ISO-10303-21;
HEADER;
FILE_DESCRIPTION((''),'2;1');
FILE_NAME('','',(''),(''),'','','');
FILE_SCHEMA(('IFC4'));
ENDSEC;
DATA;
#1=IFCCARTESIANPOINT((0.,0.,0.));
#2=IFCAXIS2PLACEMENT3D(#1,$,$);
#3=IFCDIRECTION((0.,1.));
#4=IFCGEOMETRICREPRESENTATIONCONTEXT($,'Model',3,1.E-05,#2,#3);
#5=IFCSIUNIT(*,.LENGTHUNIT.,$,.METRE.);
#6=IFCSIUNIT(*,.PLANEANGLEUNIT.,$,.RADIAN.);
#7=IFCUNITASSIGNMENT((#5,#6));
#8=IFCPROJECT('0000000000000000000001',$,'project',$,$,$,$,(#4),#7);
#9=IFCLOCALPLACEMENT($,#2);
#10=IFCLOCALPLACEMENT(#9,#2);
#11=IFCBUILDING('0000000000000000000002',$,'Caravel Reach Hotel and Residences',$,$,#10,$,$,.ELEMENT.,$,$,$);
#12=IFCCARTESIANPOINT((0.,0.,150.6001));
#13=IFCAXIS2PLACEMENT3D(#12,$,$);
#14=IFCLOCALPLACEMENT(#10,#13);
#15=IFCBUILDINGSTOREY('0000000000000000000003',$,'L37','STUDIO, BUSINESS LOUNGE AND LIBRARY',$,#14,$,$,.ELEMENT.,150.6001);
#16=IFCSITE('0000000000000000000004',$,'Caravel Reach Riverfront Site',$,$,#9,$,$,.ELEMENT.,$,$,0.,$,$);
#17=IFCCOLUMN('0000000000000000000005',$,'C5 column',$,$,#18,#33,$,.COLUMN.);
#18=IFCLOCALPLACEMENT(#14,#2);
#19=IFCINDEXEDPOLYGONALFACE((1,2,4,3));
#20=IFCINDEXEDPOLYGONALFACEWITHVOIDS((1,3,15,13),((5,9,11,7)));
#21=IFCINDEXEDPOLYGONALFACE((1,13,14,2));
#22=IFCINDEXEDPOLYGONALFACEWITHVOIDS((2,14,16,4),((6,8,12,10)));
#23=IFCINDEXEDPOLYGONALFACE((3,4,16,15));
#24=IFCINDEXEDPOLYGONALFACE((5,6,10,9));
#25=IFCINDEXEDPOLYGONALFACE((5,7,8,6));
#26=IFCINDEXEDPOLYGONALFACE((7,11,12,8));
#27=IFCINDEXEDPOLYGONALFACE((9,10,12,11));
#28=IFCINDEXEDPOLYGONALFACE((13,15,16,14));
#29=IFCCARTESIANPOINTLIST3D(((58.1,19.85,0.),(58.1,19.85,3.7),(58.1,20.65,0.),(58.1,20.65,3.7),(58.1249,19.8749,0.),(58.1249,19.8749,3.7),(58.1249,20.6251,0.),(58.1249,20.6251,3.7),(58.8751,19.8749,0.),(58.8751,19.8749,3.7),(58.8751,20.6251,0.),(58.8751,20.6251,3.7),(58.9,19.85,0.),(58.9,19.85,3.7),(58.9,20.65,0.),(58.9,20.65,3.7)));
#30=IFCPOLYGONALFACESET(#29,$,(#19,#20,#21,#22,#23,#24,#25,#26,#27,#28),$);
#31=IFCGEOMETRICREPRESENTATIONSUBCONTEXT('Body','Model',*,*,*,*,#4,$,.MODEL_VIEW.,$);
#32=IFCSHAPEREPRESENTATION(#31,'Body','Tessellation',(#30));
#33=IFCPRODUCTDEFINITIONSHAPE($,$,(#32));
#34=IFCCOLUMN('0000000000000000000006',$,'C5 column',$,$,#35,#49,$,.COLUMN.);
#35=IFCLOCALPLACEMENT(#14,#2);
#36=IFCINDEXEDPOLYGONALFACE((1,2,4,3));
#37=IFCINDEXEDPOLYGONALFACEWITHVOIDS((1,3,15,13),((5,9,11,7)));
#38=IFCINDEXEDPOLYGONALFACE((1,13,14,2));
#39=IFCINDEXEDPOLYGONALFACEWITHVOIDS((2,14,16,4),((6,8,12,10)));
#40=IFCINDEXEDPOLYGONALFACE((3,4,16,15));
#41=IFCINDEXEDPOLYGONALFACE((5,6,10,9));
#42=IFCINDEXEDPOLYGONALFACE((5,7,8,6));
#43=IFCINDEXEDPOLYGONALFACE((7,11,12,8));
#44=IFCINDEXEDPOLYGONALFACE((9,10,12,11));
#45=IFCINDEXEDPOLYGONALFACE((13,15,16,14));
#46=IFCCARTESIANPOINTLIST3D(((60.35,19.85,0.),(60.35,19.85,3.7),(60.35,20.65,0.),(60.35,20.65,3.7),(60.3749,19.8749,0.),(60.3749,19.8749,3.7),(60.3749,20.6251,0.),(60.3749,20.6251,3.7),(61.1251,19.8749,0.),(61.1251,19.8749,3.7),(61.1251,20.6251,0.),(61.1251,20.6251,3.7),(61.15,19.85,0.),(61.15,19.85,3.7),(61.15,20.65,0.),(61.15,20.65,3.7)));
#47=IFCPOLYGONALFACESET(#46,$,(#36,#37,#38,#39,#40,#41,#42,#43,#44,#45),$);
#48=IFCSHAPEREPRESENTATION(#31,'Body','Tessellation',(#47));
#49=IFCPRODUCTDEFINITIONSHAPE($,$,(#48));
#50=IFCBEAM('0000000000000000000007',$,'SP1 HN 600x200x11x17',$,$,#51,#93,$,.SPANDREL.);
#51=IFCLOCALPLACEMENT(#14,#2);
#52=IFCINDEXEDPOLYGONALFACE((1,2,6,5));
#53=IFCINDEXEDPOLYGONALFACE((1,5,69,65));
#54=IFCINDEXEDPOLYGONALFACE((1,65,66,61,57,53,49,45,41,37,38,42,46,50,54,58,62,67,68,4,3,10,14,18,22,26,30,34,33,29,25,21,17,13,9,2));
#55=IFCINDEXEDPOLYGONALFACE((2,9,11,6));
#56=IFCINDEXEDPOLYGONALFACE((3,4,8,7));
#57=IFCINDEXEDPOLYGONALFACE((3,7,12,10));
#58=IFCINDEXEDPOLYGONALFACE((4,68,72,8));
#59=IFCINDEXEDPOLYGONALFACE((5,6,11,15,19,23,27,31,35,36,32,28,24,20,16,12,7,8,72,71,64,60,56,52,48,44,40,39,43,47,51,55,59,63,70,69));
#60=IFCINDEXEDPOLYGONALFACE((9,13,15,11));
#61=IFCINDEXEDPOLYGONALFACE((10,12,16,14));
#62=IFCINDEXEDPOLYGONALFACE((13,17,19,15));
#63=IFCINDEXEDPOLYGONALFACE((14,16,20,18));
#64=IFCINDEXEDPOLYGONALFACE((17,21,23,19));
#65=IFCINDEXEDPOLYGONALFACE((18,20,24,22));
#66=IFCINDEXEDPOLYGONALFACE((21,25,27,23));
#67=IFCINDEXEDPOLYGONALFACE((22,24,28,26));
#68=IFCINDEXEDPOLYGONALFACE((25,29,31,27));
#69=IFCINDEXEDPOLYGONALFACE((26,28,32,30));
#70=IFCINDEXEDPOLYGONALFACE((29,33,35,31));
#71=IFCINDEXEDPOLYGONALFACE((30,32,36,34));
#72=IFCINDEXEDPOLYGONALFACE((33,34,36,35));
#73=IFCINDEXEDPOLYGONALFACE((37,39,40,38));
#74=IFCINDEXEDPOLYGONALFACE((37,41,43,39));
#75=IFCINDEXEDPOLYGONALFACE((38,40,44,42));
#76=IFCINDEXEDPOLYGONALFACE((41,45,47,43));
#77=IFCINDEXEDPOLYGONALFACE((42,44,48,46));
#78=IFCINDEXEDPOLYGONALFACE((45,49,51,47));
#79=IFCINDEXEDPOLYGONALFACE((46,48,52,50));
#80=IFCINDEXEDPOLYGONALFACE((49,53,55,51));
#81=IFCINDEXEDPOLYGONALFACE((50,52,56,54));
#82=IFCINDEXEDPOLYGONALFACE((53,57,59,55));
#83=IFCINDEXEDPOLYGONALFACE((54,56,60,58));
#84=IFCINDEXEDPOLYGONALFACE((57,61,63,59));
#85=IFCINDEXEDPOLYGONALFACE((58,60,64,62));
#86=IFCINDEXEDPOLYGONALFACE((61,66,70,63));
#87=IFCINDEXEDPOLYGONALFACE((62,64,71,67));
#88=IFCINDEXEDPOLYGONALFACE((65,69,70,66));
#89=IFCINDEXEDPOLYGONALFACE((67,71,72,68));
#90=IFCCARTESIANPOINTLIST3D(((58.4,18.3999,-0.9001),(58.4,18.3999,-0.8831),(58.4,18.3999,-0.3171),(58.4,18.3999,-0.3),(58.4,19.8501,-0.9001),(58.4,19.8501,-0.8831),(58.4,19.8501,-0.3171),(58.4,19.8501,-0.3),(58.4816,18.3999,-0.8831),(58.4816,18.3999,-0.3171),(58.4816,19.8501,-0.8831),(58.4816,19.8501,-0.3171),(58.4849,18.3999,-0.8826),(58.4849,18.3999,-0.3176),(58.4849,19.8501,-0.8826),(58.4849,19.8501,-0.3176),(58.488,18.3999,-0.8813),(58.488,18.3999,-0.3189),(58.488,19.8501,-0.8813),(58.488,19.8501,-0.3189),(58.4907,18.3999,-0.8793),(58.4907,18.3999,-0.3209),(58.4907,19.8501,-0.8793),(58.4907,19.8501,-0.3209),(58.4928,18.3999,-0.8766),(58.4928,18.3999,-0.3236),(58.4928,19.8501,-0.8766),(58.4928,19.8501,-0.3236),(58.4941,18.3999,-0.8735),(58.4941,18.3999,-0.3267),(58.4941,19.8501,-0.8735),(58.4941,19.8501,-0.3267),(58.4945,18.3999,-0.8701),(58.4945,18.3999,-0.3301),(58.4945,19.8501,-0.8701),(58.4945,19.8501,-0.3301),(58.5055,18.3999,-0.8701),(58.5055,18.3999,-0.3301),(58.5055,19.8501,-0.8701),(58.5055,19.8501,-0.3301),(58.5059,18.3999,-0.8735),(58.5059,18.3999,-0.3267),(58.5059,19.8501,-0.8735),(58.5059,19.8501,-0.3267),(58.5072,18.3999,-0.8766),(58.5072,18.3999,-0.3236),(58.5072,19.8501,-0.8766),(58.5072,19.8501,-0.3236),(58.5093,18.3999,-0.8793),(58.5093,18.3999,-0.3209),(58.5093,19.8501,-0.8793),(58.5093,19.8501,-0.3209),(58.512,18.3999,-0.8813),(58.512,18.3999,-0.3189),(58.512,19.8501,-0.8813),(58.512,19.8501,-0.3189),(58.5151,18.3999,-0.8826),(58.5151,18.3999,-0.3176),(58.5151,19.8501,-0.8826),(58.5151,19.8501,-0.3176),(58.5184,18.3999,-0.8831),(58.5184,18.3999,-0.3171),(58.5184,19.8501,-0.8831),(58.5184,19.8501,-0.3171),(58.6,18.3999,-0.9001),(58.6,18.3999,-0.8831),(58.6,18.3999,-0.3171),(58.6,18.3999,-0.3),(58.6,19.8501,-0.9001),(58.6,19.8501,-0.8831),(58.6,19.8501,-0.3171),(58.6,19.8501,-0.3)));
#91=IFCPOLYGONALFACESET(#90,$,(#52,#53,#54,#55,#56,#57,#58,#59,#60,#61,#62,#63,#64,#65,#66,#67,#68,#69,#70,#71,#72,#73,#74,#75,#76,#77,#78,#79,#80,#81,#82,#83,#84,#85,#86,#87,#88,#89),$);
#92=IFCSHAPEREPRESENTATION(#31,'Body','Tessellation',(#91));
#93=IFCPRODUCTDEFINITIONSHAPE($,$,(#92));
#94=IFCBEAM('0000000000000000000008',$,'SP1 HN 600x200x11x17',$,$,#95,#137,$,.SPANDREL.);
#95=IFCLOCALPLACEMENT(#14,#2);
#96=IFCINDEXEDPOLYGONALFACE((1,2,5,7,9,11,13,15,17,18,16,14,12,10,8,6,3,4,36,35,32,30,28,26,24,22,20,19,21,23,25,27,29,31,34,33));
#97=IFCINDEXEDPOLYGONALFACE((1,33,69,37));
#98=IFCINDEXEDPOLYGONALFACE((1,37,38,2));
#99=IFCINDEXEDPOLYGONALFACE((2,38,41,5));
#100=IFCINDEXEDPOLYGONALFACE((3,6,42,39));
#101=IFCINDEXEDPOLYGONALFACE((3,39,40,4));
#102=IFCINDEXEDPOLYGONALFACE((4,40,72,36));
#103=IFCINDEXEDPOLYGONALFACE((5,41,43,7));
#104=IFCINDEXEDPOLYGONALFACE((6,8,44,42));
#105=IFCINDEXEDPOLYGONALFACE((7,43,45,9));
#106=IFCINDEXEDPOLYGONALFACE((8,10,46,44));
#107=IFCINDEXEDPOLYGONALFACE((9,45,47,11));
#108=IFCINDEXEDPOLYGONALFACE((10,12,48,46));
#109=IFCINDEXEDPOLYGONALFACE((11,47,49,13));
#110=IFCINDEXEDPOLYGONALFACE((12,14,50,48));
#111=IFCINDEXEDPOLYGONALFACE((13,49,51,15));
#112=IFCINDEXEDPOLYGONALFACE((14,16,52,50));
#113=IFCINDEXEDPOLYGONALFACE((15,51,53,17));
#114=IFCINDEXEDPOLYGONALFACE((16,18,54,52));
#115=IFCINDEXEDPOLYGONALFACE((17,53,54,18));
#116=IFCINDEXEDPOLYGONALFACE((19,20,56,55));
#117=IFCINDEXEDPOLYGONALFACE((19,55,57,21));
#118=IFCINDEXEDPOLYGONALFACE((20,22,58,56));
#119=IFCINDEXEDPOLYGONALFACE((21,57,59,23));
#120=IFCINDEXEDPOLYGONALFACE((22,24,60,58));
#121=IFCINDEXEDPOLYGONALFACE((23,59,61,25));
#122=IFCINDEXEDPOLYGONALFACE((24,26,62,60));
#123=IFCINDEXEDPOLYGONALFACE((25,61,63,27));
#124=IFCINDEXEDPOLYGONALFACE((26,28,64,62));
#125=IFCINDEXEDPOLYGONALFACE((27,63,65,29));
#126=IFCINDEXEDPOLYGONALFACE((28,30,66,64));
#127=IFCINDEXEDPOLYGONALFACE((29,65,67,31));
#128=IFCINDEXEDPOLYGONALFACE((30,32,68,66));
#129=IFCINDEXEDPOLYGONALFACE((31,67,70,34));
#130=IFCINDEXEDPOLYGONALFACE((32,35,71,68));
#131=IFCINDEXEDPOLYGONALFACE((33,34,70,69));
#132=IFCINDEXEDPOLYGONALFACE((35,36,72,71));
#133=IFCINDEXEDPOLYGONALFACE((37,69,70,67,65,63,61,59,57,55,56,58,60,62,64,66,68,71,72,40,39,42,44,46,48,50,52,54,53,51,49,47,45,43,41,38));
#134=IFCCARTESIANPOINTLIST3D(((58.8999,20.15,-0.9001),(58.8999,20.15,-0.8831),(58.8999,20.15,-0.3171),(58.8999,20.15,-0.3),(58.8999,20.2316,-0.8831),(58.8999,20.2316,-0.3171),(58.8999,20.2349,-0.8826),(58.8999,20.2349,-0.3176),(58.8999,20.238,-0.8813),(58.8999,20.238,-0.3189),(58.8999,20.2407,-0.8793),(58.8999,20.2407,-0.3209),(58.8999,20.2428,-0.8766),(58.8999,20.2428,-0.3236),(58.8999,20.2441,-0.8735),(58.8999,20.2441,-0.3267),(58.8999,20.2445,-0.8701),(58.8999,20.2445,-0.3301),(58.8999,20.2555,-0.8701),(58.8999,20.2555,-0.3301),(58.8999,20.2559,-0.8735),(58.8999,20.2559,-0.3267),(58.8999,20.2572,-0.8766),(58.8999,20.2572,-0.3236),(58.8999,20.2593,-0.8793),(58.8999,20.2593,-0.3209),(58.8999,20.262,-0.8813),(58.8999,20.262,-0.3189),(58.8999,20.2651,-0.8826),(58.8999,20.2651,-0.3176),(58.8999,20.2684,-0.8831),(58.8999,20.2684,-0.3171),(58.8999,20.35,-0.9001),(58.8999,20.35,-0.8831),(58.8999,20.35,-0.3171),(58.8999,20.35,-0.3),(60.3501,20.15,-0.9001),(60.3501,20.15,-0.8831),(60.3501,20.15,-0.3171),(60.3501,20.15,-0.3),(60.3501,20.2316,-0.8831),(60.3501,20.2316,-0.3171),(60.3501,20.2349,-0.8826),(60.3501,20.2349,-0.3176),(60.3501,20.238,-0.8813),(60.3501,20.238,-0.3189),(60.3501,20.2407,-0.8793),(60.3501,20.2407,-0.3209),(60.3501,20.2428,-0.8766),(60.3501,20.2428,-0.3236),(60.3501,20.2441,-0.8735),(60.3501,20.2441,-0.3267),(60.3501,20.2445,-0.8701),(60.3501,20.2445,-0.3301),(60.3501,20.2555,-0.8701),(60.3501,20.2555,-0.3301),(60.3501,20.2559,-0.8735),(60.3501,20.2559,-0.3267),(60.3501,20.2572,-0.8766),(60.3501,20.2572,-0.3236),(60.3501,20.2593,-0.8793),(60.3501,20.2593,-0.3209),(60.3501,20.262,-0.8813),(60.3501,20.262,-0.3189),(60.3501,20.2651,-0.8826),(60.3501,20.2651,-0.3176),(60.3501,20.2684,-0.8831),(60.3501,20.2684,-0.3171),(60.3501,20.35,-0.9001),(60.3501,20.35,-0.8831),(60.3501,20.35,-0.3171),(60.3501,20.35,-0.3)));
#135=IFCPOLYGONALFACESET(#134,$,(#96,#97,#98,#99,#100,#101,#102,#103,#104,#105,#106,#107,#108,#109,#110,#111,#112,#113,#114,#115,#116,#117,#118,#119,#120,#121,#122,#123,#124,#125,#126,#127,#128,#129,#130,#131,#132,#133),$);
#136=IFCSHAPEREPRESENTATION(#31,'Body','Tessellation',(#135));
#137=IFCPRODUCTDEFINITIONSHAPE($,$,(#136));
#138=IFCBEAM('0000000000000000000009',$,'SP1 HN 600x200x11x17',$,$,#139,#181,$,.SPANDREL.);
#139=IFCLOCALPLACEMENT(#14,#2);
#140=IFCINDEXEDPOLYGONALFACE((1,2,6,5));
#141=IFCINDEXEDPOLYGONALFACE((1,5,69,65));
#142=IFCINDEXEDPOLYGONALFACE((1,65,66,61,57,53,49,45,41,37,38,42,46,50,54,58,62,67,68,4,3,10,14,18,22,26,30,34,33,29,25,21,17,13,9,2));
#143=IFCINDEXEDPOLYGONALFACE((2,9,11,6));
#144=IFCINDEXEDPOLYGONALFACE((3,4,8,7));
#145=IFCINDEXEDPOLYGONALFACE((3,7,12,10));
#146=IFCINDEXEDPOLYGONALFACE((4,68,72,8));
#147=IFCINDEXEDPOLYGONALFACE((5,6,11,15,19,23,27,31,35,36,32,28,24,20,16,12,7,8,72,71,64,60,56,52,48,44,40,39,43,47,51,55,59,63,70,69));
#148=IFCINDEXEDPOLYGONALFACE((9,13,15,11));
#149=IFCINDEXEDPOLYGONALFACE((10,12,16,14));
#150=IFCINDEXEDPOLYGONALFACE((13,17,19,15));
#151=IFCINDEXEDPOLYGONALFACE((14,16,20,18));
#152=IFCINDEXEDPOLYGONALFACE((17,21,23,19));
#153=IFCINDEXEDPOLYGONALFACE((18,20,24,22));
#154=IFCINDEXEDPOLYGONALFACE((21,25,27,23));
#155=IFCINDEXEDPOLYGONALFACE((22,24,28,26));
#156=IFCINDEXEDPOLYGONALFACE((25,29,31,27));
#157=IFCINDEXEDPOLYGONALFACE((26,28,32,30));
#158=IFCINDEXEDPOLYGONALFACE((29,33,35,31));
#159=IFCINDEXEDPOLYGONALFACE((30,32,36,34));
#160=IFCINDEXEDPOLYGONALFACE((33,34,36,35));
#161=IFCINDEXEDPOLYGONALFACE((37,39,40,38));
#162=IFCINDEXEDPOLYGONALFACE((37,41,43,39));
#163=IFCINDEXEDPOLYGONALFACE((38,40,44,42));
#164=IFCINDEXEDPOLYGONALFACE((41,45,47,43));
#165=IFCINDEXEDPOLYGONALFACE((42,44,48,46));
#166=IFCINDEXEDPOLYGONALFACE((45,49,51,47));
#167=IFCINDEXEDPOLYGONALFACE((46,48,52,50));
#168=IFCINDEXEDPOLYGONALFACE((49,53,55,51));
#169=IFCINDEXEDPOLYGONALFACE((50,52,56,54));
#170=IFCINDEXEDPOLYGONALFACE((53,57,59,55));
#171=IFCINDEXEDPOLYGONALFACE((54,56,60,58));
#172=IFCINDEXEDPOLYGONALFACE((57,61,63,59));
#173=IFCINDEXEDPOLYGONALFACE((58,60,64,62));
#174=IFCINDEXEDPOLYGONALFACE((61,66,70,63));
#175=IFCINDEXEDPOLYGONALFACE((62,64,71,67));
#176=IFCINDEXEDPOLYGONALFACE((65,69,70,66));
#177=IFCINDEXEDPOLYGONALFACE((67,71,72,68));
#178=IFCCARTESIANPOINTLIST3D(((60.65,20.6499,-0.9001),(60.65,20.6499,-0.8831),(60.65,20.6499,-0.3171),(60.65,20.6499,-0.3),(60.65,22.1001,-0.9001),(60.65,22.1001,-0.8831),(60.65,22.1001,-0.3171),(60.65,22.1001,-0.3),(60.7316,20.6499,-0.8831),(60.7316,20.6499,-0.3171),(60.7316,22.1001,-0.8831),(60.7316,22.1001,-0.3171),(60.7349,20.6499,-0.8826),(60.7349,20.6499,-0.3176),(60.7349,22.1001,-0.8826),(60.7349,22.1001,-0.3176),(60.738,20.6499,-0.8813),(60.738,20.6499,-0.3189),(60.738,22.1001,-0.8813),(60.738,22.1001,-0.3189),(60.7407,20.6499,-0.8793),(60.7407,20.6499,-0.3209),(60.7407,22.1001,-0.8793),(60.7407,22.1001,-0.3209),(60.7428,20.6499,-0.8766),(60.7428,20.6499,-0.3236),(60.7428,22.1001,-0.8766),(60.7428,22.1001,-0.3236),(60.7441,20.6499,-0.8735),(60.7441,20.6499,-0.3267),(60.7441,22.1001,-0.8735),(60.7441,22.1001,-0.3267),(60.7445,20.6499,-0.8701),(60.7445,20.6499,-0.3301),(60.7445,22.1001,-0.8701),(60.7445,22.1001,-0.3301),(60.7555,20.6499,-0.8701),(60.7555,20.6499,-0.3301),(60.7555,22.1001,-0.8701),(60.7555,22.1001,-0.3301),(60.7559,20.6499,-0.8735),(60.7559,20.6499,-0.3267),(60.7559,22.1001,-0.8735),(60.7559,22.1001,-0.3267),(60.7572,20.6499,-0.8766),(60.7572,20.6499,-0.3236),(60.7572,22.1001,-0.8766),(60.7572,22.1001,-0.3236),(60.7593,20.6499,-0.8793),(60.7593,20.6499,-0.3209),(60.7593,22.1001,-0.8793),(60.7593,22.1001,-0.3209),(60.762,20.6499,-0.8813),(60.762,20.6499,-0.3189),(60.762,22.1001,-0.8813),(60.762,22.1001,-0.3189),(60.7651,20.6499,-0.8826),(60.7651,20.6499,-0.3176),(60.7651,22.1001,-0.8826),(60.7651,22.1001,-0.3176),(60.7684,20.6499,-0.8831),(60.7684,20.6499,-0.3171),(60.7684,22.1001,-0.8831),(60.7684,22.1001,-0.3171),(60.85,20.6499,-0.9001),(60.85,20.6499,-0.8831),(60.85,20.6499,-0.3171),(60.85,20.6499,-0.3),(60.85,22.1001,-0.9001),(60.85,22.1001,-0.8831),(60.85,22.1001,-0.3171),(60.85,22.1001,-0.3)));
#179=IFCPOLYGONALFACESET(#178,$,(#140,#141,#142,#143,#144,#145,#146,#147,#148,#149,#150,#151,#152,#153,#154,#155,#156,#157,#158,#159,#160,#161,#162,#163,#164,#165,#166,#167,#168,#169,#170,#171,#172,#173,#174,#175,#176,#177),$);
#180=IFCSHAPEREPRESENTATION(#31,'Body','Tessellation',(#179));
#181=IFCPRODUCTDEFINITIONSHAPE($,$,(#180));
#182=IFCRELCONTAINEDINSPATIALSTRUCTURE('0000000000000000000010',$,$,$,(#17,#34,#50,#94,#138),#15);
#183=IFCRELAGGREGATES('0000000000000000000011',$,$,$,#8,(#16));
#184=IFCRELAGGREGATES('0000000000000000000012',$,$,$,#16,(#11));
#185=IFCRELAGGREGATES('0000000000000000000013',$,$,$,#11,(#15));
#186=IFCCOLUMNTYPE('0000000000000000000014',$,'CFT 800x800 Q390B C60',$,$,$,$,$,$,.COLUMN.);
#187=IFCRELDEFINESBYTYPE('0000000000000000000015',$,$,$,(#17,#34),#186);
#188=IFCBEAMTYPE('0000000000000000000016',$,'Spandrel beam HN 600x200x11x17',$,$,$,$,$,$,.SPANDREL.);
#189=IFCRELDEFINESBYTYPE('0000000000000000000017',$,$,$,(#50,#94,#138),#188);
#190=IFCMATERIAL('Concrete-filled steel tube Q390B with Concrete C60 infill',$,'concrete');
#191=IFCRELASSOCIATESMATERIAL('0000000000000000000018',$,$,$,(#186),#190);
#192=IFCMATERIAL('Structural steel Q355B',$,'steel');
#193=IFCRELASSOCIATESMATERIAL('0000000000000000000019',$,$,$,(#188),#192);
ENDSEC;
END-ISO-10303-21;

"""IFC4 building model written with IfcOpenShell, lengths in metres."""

from ifc_helpers import new_model, si_unit, direction, frame, origin, origin_2d, place, context, subcontext, project, spatial, hollow_rectangle, i_section, extrude, material, material_profile, profile_set, type_object, element, save


model = new_model("IFC4")

# Units and contexts
model_context = context("Model", 3, precision=1e-05, world=origin(), true_north=direction((0.0, 1.0)))
body_context = subcontext(model_context, "Body", "Model", "MODEL_VIEW")
ifc_project = project(units=[si_unit("LENGTHUNIT", "METRE"), si_unit("PLANEANGLEUNIT", "RADIAN")], contexts=[model_context])

# Site, building, storey
site_placement = place(None, origin())
site = spatial("IfcSite", under=ifc_project, at=site_placement, Name="Caravel Reach Riverfront Site", CompositionType="ELEMENT", RefElevation=0.0)
building_placement = place(site_placement, origin())
building = spatial("IfcBuilding", under=site, at=building_placement, Name="Caravel Reach Hotel and Residences", CompositionType="ELEMENT")
storey_placement = place(building_placement, frame((0.0, 0.0, 150.6001)))
storey = spatial("IfcBuildingStorey", under=building, at=storey_placement, Name="L37", Description="STUDIO, BUSINESS LOUNGE AND LIBRARY", CompositionType="ELEMENT", Elevation=150.6001)

# Columns
ifc_material_1 = material(Name="Concrete-filled steel tube Q390B with Concrete C60 infill", Category="concrete")
ifc_material_profile_1 = material_profile(ifc_material_1, hollow_rectangle(XDim=0.8, YDim=0.8, WallThickness=0.0249, at=origin_2d()), Name="RHS 800x800x25")
ifc_profile_set_1 = profile_set([ifc_material_profile_1], Name="Concrete-filled steel tube Q390B with Concrete C60 infill")
column_type = type_object("IfcColumnType", Name="CFT 800x800 Q390B C60", PredefinedType="COLUMN", material=ifc_profile_set_1)
for number, where, z_axis, x_axis, name in (
    (1, (58.5, 20.25, 0.0), (0.0, 0.0, 1.0), (1.0, 0.0, 0.0), "C5 column"),
    (2, (60.75, 20.25, 0.0), (0.0, 0.0, 1.0), (1.0, 0.0, 0.0), "C5 column"),
):
    element("IfcColumn", number, at=place(storey_placement, frame(where, z_axis=z_axis, x_axis=x_axis)), inside=storey, type_object=column_type, Name=name, PredefinedType="COLUMN", context=body_context, shape_type="SweptSolid", body=[
        extrude(hollow_rectangle(XDim=0.8, YDim=0.8, WallThickness=0.0249, at=origin_2d()), origin(), (0.0, 0.0, 1.0), 3.7),
    ])

# Beams
ifc_material_2 = material(Name="Structural steel Q355B", Category="steel")
ifc_material_profile_2 = material_profile(ifc_material_2, i_section(OverallWidth=0.2, OverallDepth=0.6001, WebThickness=0.011, FlangeThickness=0.0171, FilletRadius=0.0129, at=origin_2d()), Name="HN 600x200x11x17")
ifc_profile_set_2 = profile_set([ifc_material_profile_2], Name="Structural steel Q355B")
beam_type = type_object("IfcBeamType", Name="Spandrel beam HN 600x200x11x17", PredefinedType="SPANDREL", material=ifc_profile_set_2)
for number, where, z_axis, x_axis, name in (
    (3, (58.5, 18.3999, -0.6001), (0.0, 1.0, 0.0), (-1.0, 0.0, 0.0), "SP1 HN 600x200x11x17"),
    (4, (58.8999, 20.25, -0.6001), (1.0, 0.0, 0.0), (0.0, 1.0, 0.0), "SP1 HN 600x200x11x17"),
    (5, (60.75, 20.6499, -0.6001), (0.0, 1.0, 0.0), (-1.0, 0.0, 0.0), "SP1 HN 600x200x11x17"),
):
    element("IfcBeam", number, at=place(storey_placement, frame(where, z_axis=z_axis, x_axis=x_axis)), inside=storey, type_object=beam_type, Name=name, PredefinedType="SPANDREL", context=body_context, shape_type="SweptSolid", body=[
        extrude(i_section(OverallWidth=0.2, OverallDepth=0.6001, WebThickness=0.011, FlangeThickness=0.0171, FilletRadius=0.0129, at=origin_2d()), origin(), (0.0, 0.0, 1.0), 1.4502),
    ])

save(model, "model.ifc")
